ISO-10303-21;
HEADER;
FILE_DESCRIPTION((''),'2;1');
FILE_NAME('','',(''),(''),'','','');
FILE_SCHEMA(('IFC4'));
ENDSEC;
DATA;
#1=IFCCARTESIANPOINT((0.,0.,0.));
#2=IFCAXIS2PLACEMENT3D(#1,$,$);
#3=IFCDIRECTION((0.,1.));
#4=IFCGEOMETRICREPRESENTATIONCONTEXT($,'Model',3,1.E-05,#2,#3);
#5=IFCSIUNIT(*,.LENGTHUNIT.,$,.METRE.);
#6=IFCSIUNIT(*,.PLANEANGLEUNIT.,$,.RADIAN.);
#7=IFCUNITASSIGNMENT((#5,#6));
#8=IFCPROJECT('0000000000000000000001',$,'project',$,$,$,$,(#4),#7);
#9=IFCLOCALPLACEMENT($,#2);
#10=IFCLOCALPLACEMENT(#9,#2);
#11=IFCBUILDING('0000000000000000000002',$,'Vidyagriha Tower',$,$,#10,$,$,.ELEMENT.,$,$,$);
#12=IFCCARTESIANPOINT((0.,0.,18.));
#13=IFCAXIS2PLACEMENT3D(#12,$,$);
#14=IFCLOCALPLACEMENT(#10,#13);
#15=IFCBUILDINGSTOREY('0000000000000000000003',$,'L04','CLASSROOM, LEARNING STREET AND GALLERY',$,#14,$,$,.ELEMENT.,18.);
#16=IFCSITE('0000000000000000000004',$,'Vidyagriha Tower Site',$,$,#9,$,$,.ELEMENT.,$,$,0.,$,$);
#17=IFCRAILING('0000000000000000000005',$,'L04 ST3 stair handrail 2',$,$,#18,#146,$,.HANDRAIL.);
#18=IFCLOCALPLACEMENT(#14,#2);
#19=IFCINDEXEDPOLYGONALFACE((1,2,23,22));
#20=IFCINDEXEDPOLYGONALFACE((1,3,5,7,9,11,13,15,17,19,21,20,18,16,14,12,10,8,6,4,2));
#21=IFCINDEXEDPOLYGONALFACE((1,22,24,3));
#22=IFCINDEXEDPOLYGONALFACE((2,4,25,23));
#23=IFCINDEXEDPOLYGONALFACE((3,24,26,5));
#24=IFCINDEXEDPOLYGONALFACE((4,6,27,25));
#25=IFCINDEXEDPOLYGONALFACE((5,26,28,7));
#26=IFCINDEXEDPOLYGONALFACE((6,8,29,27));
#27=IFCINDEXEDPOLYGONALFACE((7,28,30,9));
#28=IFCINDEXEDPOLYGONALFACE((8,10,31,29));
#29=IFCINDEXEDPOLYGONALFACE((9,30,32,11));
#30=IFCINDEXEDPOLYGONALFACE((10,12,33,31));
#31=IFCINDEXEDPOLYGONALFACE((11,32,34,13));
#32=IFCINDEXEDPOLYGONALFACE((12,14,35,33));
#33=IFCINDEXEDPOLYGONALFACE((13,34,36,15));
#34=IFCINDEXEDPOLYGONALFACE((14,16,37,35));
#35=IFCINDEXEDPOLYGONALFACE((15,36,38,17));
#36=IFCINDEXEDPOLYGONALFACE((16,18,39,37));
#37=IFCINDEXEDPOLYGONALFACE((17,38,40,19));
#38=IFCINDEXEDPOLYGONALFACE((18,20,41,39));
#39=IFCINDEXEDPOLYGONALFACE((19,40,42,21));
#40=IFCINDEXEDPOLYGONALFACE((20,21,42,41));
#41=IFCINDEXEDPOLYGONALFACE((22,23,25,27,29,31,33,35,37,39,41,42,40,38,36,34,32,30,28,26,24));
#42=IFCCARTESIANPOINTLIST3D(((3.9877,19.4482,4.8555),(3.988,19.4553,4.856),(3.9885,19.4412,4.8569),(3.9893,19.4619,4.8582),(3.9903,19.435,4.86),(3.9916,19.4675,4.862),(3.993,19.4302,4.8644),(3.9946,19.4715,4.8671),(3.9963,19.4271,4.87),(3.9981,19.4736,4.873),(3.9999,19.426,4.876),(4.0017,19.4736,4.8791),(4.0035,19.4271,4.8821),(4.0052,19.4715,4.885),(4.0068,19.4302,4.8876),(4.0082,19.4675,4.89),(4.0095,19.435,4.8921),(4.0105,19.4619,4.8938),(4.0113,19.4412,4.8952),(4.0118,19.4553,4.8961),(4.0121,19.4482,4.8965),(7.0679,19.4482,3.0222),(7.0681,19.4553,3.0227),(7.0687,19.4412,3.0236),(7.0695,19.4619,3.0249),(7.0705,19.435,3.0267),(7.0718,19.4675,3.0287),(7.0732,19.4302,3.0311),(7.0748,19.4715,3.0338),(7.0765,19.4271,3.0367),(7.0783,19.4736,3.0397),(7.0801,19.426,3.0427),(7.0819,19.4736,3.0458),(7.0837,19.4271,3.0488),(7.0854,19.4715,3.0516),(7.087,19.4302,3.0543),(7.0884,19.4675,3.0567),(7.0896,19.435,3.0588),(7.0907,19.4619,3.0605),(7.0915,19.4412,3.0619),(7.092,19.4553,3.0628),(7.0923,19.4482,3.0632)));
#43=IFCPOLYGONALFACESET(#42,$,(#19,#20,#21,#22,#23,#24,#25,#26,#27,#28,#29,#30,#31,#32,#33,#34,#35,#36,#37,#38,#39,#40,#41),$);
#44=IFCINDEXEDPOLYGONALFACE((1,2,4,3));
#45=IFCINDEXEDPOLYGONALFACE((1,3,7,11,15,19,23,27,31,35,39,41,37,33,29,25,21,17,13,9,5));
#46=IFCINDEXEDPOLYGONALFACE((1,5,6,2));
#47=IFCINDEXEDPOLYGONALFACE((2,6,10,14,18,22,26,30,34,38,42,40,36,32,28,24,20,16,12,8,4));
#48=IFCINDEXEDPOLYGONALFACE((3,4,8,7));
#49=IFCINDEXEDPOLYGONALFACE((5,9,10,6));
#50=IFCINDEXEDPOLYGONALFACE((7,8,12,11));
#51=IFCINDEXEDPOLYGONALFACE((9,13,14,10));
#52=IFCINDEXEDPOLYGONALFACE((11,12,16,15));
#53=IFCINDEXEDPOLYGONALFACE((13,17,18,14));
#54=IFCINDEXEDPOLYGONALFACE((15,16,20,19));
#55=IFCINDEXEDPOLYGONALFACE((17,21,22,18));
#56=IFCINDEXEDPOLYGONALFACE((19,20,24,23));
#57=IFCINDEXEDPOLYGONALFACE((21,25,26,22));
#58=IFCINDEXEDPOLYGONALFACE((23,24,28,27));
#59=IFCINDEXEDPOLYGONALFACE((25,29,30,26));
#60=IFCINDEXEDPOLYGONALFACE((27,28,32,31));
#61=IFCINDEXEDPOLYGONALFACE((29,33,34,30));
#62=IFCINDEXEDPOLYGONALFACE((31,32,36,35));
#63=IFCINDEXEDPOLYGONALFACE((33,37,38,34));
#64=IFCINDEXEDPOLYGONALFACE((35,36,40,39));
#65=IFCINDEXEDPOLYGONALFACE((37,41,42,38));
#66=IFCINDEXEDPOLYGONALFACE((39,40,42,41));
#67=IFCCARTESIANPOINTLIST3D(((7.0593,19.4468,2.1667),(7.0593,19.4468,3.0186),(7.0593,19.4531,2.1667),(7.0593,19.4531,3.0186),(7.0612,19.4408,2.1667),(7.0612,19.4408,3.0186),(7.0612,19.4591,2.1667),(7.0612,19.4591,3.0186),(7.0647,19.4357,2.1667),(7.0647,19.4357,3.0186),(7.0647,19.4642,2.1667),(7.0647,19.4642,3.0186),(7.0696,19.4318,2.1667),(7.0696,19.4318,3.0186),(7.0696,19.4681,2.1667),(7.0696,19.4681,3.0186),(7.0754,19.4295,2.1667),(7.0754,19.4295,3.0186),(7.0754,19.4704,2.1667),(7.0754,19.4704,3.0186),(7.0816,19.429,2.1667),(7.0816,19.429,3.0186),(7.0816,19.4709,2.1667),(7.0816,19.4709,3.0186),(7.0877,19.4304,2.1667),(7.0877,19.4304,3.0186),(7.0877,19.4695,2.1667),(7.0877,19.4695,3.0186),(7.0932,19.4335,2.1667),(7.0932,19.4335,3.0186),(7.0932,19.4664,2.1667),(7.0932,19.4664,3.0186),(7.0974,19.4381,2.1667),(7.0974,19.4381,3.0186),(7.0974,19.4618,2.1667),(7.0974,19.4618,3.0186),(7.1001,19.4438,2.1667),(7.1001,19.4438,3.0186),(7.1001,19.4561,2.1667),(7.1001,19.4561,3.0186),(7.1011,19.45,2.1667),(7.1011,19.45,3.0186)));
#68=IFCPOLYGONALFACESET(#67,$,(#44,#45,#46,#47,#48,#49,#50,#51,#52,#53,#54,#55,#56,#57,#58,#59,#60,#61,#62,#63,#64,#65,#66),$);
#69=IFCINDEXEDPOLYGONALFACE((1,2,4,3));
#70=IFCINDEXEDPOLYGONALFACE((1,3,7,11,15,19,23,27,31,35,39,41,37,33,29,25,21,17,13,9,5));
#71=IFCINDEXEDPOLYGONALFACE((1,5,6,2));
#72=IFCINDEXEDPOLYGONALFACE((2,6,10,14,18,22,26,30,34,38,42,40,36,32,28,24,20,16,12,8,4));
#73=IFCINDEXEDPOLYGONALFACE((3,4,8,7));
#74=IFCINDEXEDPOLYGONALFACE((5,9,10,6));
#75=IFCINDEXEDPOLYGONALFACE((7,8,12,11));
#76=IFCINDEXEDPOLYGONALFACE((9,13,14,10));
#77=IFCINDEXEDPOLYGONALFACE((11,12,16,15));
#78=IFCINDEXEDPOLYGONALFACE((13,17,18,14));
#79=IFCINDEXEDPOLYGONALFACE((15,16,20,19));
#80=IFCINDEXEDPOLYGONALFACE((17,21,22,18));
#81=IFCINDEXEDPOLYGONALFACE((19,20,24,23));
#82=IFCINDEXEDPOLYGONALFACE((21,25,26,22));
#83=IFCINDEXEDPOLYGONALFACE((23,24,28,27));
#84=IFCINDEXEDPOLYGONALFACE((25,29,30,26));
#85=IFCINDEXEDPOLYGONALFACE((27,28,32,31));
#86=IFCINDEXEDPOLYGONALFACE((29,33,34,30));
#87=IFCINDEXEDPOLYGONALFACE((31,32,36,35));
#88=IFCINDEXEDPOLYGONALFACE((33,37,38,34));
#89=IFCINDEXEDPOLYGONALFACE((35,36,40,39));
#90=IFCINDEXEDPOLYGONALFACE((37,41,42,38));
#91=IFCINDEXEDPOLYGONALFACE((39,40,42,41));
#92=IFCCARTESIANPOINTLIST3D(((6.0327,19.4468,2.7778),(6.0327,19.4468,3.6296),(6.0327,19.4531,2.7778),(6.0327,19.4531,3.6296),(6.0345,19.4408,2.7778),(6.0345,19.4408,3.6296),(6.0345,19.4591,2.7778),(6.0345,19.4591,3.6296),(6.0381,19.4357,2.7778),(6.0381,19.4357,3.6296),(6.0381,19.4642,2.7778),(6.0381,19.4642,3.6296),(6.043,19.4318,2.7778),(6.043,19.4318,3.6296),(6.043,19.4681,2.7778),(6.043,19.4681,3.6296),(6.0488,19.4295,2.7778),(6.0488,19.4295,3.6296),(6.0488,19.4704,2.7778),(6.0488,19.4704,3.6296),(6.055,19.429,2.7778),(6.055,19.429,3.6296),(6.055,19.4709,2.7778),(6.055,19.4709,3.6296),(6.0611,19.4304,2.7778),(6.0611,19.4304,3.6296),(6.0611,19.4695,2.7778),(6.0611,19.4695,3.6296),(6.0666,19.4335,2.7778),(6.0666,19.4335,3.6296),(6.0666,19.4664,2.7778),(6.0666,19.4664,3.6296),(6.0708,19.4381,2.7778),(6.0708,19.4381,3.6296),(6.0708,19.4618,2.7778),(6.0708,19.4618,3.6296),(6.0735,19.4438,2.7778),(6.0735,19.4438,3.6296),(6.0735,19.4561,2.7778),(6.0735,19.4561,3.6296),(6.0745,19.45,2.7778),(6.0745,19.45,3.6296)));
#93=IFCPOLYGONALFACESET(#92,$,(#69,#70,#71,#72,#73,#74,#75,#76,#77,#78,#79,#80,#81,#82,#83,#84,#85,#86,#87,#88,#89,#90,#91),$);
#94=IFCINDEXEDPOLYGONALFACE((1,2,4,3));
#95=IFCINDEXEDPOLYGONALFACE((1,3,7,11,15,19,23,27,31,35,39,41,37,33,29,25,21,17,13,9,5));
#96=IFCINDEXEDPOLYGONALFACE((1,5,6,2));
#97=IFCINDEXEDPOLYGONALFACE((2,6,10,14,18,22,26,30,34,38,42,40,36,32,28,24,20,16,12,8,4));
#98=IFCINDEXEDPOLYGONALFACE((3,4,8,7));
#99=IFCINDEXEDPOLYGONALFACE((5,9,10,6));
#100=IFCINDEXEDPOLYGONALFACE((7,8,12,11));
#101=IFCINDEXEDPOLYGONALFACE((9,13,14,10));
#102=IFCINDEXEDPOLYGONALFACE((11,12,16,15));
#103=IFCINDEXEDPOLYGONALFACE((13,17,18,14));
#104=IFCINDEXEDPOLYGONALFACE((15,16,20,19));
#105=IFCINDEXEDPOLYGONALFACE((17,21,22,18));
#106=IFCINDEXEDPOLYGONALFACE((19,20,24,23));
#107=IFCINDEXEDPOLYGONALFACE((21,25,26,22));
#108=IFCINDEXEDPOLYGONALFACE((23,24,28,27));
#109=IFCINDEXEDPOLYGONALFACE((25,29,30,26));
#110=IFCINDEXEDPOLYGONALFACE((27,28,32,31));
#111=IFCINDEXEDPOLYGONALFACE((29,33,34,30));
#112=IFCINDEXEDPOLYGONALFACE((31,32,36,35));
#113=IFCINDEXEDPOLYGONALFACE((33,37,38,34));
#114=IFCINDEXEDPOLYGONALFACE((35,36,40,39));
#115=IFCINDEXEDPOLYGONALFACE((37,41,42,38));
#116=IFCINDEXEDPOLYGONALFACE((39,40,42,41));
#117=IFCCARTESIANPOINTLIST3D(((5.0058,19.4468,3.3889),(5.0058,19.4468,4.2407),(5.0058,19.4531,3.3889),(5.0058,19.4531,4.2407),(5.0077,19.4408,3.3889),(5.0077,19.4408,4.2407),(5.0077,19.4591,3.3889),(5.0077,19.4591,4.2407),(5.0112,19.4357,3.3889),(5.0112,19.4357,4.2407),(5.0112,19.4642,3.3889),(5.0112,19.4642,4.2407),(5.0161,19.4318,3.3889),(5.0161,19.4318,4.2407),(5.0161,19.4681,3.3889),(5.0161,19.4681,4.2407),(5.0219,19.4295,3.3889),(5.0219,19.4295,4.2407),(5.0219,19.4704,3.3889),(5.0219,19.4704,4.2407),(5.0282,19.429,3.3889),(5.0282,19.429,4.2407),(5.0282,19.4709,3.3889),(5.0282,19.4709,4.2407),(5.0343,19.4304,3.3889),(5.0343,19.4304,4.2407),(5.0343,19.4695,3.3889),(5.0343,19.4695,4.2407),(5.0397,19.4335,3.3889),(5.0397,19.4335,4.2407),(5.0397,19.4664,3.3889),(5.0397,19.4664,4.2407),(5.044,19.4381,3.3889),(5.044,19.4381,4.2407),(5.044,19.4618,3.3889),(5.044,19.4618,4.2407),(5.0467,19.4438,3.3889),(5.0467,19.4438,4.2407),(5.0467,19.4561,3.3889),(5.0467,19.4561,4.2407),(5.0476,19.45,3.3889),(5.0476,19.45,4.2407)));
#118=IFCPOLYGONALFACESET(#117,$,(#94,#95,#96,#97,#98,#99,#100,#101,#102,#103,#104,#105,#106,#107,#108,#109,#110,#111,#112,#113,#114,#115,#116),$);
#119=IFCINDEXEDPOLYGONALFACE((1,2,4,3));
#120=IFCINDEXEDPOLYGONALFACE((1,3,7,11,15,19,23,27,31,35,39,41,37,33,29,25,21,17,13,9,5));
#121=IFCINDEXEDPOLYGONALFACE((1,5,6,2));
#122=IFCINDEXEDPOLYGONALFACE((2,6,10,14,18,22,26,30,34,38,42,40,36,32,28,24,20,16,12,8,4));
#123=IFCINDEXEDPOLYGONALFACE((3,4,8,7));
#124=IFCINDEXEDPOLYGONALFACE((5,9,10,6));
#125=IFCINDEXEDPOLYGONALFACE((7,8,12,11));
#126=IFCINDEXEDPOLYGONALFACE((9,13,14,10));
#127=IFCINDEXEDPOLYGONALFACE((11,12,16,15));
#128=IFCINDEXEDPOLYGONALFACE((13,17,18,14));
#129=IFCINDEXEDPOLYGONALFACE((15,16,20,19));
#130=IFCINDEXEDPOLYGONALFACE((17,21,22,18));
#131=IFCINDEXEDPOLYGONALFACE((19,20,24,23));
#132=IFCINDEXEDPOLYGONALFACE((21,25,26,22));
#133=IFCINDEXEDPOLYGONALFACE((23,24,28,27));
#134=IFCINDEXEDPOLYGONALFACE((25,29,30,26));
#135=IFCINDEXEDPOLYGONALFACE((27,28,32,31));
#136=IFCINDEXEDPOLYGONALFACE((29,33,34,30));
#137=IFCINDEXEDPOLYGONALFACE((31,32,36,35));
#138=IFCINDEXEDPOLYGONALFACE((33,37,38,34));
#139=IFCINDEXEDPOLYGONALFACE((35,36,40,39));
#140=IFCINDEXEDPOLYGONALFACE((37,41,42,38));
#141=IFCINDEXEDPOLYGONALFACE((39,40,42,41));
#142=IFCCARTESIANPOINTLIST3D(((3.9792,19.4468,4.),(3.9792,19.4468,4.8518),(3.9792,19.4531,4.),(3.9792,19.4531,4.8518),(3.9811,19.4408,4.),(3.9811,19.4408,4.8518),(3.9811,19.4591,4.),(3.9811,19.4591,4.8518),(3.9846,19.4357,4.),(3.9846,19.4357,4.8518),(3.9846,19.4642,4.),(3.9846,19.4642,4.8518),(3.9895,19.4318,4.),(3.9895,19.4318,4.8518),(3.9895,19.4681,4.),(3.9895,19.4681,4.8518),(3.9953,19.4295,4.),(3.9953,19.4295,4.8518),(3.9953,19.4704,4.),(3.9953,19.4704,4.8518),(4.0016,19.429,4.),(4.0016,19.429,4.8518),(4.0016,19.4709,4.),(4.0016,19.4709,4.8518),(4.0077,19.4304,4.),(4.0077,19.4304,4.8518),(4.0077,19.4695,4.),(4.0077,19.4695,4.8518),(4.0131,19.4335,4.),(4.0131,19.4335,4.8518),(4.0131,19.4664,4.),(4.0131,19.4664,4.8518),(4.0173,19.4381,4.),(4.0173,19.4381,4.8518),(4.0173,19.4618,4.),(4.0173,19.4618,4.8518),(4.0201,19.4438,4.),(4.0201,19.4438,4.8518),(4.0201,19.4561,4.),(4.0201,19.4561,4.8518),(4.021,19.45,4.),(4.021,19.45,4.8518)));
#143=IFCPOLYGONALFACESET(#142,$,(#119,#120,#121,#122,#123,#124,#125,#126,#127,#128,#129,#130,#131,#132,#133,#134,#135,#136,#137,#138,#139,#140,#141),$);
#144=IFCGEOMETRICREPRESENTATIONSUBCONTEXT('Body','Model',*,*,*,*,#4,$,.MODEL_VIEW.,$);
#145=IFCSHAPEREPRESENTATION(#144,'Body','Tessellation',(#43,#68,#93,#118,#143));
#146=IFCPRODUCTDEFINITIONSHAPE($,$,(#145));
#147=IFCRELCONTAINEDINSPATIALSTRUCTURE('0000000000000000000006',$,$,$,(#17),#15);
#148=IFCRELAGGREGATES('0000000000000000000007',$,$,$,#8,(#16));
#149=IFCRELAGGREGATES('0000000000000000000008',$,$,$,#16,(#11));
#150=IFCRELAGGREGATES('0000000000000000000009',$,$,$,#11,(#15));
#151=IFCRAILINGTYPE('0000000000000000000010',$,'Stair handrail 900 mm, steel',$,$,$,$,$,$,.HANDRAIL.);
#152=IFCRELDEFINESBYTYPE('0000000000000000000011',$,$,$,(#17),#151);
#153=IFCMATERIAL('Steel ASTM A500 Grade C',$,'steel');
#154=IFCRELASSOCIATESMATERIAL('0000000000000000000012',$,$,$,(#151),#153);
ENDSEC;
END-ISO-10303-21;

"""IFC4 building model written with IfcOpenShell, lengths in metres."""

from ifc_helpers import new_model, si_unit, direction, frame, origin, origin_2d, place, context, subcontext, project, spatial, circle, extrude, material, type_object, element, save


model = new_model("IFC4")

# Units and contexts
model_context = context("Model", 3, precision=1e-05, world=origin(), true_north=direction((0.0, 1.0)))
body_context = subcontext(model_context, "Body", "Model", "MODEL_VIEW")
ifc_project = project(units=[si_unit("LENGTHUNIT", "METRE"), si_unit("PLANEANGLEUNIT", "RADIAN")], contexts=[model_context])

# Site, building, storey
site_placement = place(None, origin())
site = spatial("IfcSite", under=ifc_project, at=site_placement, Name="Vidyagriha Tower Site", CompositionType="ELEMENT", RefElevation=0.0)
building_placement = place(site_placement, origin())
building = spatial("IfcBuilding", under=site, at=building_placement, Name="Vidyagriha Tower", CompositionType="ELEMENT")
storey_placement = place(building_placement, frame((0.0, 0.0, 18.0)))
storey = spatial("IfcBuildingStorey", under=building, at=storey_placement, Name="L04", Description="CLASSROOM, LEARNING STREET AND GALLERY", CompositionType="ELEMENT", Elevation=18.0)

# Railing
ifc_material_1 = material(Name="Steel ASTM A500 Grade C", Category="steel")
railing_type_1 = type_object("IfcRailingType", Name="Stair handrail 900 mm, steel", PredefinedType="HANDRAIL", material=ifc_material_1)
railing_1_placement = place(storey_placement, frame((7.0801, 19.45, 2.1667)))
element("IfcRailing", 1, at=railing_1_placement, inside=storey, type_object=railing_type_1, Name="L04 ST3 stair handrail 2", PredefinedType="HANDRAIL", context=body_context, shape_type="SweptSolid", body=[
    extrude(circle(Radius=0.0239, at=origin_2d()), frame((0.0, 0.0, 0.876), z_axis=(-0.859309, 0.0, 0.511458), x_axis=(0.0, -1.0, 0.0)), (0.0, 0.0, 1.0), 3.5845),
    extrude(circle(Radius=0.021, at=origin_2d()), origin(), (0.0, 0.0, 1.0), 0.8518),
    extrude(circle(Radius=0.021, at=origin_2d()), frame((-1.0266, 0.0, 0.6111)), (0.0, 0.0, 1.0), 0.8518),
    extrude(circle(Radius=0.021, at=origin_2d()), frame((-2.0535, 0.0, 1.2222)), (0.0, 0.0, 1.0), 0.8518),
    extrude(circle(Radius=0.021, at=origin_2d()), frame((-3.0801, 0.0, 1.8333)), (0.0, 0.0, 1.0), 0.8518),
])

save(model, "model.ifc")
